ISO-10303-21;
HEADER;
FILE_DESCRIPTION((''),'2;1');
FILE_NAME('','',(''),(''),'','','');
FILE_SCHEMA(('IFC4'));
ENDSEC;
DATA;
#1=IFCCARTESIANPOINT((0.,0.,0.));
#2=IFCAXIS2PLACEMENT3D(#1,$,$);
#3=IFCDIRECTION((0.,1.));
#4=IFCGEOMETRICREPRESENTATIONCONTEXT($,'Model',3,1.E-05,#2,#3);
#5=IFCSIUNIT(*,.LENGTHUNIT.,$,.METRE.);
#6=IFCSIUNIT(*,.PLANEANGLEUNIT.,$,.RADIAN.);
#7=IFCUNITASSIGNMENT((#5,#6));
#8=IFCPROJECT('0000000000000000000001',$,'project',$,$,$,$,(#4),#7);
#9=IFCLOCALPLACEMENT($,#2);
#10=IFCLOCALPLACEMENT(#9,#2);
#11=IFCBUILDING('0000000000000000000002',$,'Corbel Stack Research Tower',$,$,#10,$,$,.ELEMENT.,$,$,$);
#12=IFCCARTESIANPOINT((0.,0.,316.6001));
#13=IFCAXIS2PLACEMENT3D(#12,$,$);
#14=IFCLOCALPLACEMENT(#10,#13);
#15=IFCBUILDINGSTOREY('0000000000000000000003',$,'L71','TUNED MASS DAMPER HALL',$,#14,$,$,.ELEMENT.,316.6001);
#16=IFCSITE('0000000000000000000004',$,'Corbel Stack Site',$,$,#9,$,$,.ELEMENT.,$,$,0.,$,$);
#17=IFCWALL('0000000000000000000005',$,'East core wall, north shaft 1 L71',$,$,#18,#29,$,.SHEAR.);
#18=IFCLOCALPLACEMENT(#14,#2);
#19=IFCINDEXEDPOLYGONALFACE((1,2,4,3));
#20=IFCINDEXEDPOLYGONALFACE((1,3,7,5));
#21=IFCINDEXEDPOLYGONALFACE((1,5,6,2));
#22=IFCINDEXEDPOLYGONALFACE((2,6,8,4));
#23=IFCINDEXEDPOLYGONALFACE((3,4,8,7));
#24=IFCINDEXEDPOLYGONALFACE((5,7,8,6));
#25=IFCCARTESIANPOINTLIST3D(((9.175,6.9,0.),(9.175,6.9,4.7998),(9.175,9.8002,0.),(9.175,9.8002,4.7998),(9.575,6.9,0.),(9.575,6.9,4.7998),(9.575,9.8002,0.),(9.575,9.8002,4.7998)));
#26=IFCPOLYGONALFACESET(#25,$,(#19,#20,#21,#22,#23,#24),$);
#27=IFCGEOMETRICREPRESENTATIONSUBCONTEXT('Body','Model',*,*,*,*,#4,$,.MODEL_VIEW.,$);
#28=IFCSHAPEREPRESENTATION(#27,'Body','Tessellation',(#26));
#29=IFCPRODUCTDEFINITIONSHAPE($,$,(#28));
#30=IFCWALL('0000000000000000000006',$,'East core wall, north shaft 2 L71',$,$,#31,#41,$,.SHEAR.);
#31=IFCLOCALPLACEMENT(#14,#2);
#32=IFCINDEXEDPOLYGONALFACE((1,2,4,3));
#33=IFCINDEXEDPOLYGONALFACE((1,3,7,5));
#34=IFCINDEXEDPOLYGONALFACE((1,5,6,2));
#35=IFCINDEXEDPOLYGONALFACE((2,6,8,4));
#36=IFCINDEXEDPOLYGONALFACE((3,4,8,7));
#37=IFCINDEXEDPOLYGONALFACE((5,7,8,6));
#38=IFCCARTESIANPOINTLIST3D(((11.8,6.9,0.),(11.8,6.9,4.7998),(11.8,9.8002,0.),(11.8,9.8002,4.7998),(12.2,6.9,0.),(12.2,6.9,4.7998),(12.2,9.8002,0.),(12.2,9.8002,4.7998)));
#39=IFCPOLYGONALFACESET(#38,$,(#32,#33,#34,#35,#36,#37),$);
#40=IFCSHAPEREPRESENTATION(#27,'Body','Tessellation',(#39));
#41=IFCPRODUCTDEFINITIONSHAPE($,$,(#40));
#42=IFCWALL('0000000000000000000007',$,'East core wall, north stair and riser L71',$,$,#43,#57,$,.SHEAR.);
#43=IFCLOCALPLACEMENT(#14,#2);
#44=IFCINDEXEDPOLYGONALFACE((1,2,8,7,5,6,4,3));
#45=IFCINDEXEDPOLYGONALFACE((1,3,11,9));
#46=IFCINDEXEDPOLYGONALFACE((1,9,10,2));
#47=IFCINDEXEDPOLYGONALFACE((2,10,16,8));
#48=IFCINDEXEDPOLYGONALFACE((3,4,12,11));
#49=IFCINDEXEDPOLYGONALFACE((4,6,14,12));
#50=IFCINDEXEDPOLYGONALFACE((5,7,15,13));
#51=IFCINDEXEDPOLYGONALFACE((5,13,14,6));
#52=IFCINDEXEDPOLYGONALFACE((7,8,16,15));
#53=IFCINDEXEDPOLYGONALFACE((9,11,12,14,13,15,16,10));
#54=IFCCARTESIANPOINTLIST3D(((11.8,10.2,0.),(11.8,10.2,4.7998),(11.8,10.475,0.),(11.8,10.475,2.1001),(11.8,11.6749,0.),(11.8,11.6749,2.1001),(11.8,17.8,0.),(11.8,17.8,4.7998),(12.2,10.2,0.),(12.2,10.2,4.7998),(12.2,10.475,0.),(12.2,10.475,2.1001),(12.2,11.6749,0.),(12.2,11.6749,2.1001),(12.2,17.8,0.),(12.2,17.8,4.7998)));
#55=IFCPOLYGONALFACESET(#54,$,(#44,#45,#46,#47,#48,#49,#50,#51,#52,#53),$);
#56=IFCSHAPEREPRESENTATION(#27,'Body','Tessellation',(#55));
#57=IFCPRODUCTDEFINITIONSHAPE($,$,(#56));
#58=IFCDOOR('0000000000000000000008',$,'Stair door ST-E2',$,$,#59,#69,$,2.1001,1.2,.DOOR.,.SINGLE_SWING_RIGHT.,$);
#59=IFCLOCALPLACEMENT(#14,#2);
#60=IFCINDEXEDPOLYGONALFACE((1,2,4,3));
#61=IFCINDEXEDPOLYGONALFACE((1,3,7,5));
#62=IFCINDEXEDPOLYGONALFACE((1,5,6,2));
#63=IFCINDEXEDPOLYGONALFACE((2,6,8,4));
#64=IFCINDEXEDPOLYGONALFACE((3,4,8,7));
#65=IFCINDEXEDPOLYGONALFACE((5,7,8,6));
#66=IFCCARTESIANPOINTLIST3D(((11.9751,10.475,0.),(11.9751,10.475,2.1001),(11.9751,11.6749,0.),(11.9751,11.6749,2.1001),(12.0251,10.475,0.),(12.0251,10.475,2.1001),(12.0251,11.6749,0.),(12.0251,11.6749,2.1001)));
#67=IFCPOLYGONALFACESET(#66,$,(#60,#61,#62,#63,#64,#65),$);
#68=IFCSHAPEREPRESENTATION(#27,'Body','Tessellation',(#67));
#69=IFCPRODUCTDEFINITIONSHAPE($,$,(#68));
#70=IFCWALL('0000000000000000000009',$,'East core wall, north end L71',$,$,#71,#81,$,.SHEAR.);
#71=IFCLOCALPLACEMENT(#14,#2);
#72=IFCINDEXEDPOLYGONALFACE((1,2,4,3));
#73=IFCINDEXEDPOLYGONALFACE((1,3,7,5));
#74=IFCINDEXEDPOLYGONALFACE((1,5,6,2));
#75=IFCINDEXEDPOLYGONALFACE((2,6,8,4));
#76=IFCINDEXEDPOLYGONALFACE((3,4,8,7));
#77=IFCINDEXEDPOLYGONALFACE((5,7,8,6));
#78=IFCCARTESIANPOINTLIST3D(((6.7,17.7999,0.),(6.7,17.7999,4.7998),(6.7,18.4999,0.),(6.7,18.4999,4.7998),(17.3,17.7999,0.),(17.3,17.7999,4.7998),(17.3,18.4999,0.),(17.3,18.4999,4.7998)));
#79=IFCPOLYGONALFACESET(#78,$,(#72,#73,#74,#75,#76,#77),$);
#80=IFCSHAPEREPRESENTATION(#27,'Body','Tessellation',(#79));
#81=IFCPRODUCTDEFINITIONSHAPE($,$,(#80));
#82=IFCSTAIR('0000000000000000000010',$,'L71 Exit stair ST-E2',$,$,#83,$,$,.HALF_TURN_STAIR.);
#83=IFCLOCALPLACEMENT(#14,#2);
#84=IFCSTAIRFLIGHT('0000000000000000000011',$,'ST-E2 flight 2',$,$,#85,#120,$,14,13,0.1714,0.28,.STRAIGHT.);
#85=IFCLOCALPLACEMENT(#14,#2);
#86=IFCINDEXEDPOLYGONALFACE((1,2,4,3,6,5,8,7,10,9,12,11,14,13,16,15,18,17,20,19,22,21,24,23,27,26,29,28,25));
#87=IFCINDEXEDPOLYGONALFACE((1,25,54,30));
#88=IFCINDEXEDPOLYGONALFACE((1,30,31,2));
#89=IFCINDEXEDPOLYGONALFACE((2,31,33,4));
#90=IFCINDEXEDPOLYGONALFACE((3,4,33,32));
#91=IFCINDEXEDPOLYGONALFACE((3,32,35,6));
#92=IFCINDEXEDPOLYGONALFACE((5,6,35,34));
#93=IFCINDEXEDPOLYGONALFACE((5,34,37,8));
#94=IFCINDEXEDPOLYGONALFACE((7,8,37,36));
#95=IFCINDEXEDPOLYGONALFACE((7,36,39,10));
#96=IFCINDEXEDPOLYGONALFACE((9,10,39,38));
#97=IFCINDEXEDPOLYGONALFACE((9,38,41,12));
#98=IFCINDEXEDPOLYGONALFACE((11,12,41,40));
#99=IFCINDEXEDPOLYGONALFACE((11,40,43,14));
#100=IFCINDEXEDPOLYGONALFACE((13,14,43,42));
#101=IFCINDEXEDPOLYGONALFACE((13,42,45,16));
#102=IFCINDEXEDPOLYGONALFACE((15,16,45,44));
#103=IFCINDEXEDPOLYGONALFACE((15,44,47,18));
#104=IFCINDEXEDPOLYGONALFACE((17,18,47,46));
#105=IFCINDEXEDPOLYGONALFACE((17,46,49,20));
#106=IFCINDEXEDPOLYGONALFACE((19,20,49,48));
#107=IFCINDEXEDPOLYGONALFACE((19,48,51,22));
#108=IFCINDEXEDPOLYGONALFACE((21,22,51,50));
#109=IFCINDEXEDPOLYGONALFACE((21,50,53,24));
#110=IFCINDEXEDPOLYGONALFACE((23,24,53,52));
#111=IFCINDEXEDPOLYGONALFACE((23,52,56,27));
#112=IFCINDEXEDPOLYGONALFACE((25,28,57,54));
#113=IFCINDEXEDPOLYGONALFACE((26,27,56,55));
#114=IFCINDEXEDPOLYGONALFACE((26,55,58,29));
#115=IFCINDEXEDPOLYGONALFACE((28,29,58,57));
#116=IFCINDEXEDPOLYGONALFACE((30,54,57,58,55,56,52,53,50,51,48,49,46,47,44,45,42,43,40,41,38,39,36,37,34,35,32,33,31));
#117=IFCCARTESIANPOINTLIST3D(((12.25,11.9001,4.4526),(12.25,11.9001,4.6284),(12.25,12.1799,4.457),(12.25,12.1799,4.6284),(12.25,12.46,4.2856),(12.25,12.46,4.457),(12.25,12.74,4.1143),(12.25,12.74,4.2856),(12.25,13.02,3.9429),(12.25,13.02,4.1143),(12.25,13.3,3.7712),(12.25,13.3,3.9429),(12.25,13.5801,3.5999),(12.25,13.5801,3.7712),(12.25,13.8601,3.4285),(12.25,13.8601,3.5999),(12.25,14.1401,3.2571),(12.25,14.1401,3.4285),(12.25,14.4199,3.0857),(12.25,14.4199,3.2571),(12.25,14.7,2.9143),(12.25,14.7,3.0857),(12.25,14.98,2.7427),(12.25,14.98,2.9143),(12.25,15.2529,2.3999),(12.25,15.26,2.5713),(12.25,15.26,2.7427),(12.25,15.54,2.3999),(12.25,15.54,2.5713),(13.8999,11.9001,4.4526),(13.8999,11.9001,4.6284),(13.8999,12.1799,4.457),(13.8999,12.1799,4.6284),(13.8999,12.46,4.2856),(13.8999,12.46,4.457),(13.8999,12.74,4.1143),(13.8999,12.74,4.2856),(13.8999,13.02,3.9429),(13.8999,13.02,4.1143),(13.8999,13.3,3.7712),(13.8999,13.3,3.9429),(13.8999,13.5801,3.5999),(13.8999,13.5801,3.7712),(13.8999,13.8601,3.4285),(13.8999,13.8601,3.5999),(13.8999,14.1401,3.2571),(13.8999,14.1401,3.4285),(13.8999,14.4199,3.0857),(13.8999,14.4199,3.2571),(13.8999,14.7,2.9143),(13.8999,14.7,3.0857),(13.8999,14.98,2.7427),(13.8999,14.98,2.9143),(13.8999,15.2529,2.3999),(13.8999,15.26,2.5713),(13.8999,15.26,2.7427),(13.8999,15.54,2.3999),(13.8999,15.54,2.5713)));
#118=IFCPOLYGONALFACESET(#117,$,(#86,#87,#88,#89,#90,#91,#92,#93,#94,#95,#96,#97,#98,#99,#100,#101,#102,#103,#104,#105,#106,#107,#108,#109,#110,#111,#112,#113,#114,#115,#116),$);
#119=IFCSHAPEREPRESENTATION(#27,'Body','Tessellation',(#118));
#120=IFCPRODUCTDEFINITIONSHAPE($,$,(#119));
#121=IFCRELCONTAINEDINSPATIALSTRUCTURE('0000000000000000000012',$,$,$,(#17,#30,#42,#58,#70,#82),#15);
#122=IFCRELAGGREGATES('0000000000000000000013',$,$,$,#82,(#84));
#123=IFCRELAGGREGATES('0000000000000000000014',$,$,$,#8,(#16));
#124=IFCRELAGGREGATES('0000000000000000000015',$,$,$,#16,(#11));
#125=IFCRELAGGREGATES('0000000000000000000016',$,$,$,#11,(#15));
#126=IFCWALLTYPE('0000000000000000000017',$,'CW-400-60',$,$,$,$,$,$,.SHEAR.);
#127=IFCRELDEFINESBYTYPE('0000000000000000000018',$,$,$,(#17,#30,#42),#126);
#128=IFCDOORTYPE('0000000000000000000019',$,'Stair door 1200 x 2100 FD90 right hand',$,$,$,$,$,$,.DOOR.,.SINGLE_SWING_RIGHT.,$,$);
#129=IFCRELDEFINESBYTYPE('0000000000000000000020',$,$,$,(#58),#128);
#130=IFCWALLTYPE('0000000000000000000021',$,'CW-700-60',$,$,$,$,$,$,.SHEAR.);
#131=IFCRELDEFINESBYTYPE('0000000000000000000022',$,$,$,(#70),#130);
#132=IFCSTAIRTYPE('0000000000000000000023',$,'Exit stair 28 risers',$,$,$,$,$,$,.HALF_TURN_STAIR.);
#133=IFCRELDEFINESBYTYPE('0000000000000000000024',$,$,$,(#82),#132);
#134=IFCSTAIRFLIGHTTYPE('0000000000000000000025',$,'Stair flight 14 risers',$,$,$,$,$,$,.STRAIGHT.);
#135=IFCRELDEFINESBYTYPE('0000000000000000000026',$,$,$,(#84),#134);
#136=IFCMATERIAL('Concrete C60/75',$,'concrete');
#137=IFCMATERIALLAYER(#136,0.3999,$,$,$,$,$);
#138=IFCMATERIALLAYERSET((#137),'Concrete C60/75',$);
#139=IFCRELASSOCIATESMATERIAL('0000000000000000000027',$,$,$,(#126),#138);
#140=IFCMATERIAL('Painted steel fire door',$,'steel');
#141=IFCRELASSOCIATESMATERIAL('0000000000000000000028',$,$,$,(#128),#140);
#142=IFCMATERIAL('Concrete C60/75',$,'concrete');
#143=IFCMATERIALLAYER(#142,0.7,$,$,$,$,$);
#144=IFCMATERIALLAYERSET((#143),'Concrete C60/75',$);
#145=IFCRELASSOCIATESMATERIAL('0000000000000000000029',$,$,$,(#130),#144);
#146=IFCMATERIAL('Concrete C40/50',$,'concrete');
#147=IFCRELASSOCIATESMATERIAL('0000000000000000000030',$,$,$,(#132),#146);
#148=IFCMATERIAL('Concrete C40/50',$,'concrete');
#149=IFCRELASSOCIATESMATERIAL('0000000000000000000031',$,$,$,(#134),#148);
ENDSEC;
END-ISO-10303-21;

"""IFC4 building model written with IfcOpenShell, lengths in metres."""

from ifc_helpers import new_model, si_unit, direction, frame, frame_2d, origin, place, context, subcontext, project, spatial, polyline, rectangle, outline, extrude, material, layer, layer_set, type_object, element, fill, aggregate, save


model = new_model("IFC4")

# Units and contexts
model_context = context("Model", 3, precision=1e-05, world=origin(), true_north=direction((0.0, 1.0)))
body_context = subcontext(model_context, "Body", "Model", "MODEL_VIEW")
ifc_project = project(units=[si_unit("LENGTHUNIT", "METRE"), si_unit("PLANEANGLEUNIT", "RADIAN")], contexts=[model_context])

# Site, building, storey
site_placement = place(None, origin())
site = spatial("IfcSite", under=ifc_project, at=site_placement, Name="Corbel Stack Site", CompositionType="ELEMENT", RefElevation=0.0)
building_placement = place(site_placement, origin())
building = spatial("IfcBuilding", under=site, at=building_placement, Name="Corbel Stack Research Tower", CompositionType="ELEMENT")
storey_placement = place(building_placement, frame((0.0, 0.0, 316.6001)))
storey = spatial("IfcBuildingStorey", under=building, at=storey_placement, Name="L71", Description="TUNED MASS DAMPER HALL", CompositionType="ELEMENT", Elevation=316.6001)

# Shared definitions
ifc_material_1 = material(Name="Concrete C60/75", Category="concrete")
ifc_layer_1 = layer(ifc_material_1, 0.3999)
ifc_layer_set_1 = layer_set([ifc_layer_1], Name="Concrete C60/75")
wall_type_1 = type_object("IfcWallType", Name="CW-400-60", PredefinedType="SHEAR", material=ifc_layer_set_1)

# Walls
for number, where, z_axis, x_axis, name in (
    (1, (9.375, 6.8999, 0.0), (0.0, 0.0, 1.0), (0.0, 1.0, 0.0), "East core wall, north shaft 1 L71"),
    (2, (12.0, 6.8999, 0.0), (0.0, 0.0, 1.0), (0.0, 1.0, 0.0), "East core wall, north shaft 2 L71"),
):
    element("IfcWall", number, at=place(storey_placement, frame(where, z_axis=z_axis, x_axis=x_axis)), inside=storey, type_object=wall_type_1, Name=name, PredefinedType="SHEAR", context=body_context, shape_type="SweptSolid", body=[
        extrude(rectangle(XDim=2.9001, YDim=0.3999, at=frame_2d((1.4502, 0.0))), origin(), (0.0, 0.0, 1.0), 4.7998),
    ])

# Wall, opening, door
wall_1_placement = place(storey_placement, frame((12.0, 10.2, 0.0), z_axis=(0.0, 0.0, 1.0), x_axis=(0.0, 1.0, 0.0)))
wall_1 = element("IfcWall", 3, at=wall_1_placement, inside=storey, type_object=wall_type_1, Name="East core wall, north stair and riser L71", PredefinedType="SHEAR", context=body_context, shape_type="SweptSolid", body=[
    extrude(rectangle(XDim=7.6001, YDim=0.3999, at=frame_2d((3.8, 0.0))), origin(), (0.0, 0.0, 1.0), 4.7998),
])
opening_1_placement = place(wall_1_placement, frame((0.2749, 0.0, 0.0)))
opening_1 = element("IfcOpeningElement", 4, at=opening_1_placement, cuts=wall_1, PredefinedType="OPENING", context=body_context, shape_type="SweptSolid", body=[
    extrude(rectangle(XDim=1.2, YDim=2.1001, at=frame_2d((0.6001, 1.05))), frame((0.0, 0.21, 0.0), z_axis=(0.0, -1.0, 0.0), x_axis=(1.0, 0.0, 0.0)), (0.0, 0.0, 1.0), 0.4199),
])
ifc_material_2 = material(Name="Painted steel fire door", Category="steel")
door_type_1 = type_object("IfcDoorType", Name="Stair door 1200 x 2100 FD90 right hand", OperationType="SINGLE_SWING_RIGHT", PredefinedType="DOOR", material=ifc_material_2)
door_1_placement = place(opening_1_placement, origin())
door_1 = element("IfcDoor", 5, at=door_1_placement, inside=storey, type_object=door_type_1, Name="Stair door ST-E2", OperationType="SINGLE_SWING_RIGHT", OverallHeight=2.1001, OverallWidth=1.2, PredefinedType="DOOR", context=body_context, shape_type="SweptSolid", body=[
    extrude(rectangle(XDim=1.2, YDim=2.1001, at=frame_2d((0.6001, 1.05))), frame((0.0, 0.0249, 0.0), z_axis=(0.0, -1.0, 0.0), x_axis=(1.0, 0.0, 0.0)), (0.0, 0.0, 1.0), 0.05),
])
fill(opening_1, door_1)

# Wall
ifc_material_3 = material(Name="Concrete C60/75", Category="concrete")
ifc_layer_2 = layer(ifc_material_3, 0.7)
ifc_layer_set_2 = layer_set([ifc_layer_2], Name="Concrete C60/75")
wall_type_2 = type_object("IfcWallType", Name="CW-700-60", PredefinedType="SHEAR", material=ifc_layer_set_2)
wall_2_placement = place(storey_placement, frame((6.7, 18.1499, 0.0), z_axis=(0.0, 0.0, 1.0), x_axis=(1.0, 0.0, 0.0)))
element("IfcWall", 6, at=wall_2_placement, inside=storey, type_object=wall_type_2, Name="East core wall, north end L71", PredefinedType="SHEAR", context=body_context, shape_type="SweptSolid", body=[
    extrude(rectangle(XDim=10.6001, YDim=0.7, at=frame_2d((5.3, 0.0))), origin(), (0.0, 0.0, 1.0), 4.7998),
])

# Stair, stair flight
ifc_material_4 = material(Name="Concrete C40/50", Category="concrete")
stair_type = type_object("IfcStairType", Name="Exit stair 28 risers", PredefinedType="HALF_TURN_STAIR", material=ifc_material_4)
stair_placement = place(storey_placement, origin())
stair = element("IfcStair", 7, at=stair_placement, inside=storey, type_object=stair_type, Name="L71 Exit stair ST-E2", PredefinedType="HALF_TURN_STAIR")
ifc_material_5 = material(Name="Concrete C40/50", Category="concrete")
stair_flight_type = type_object("IfcStairFlightType", Name="Stair flight 14 risers", PredefinedType="STRAIGHT", material=ifc_material_5)
stair_flight_placement = place(storey_placement, frame((13.075, 15.54, 2.3999), z_axis=(0.0, 0.0, 1.0), x_axis=(0.0, -1.0, 0.0)))
stair_flight = element("IfcStairFlight", 8, at=stair_flight_placement, type_object=stair_flight_type, Name="ST-E2 flight 2", NumberOfRisers=14, NumberOfTreads=13, PredefinedType="STRAIGHT", RiserHeight=0.1714, TreadLength=0.28, context=body_context, shape_type="SweptSolid", body=[
    extrude(outline(polyline([(0.0, 0.0), (0.0, 0.1714), (0.28, 0.1714), (0.28, 0.3428), (0.5601, 0.3428), (0.5601, 0.5144), (0.8401, 0.5144), (0.8401, 0.6858), (1.1201, 0.6858), (1.1201, 0.8572), (1.3999, 0.8572), (1.3999, 1.0286), (1.6799, 1.0286), (1.6799, 1.2), (1.96, 1.2), (1.96, 1.3713), (2.24, 1.3713), (2.24, 1.543), (2.52, 1.543), (2.52, 1.7144), (2.8, 1.7144), (2.8, 1.8857), (3.0801, 1.8857), (3.0801, 2.0571), (3.3601, 2.0571), (3.3601, 2.2285), (3.6399, 2.2285), (3.6399, 2.3999), (3.6399, 2.0527), (0.2871, 0.0), (0.0, 0.0)])), frame((0.0, 0.825, 0.0), z_axis=(0.0, -1.0, 0.0), x_axis=(1.0, 0.0, 0.0)), (0.0, 0.0, 1.0), 1.6499),
])
aggregate(stair, [stair_flight])

save(model, "model.ifc")
